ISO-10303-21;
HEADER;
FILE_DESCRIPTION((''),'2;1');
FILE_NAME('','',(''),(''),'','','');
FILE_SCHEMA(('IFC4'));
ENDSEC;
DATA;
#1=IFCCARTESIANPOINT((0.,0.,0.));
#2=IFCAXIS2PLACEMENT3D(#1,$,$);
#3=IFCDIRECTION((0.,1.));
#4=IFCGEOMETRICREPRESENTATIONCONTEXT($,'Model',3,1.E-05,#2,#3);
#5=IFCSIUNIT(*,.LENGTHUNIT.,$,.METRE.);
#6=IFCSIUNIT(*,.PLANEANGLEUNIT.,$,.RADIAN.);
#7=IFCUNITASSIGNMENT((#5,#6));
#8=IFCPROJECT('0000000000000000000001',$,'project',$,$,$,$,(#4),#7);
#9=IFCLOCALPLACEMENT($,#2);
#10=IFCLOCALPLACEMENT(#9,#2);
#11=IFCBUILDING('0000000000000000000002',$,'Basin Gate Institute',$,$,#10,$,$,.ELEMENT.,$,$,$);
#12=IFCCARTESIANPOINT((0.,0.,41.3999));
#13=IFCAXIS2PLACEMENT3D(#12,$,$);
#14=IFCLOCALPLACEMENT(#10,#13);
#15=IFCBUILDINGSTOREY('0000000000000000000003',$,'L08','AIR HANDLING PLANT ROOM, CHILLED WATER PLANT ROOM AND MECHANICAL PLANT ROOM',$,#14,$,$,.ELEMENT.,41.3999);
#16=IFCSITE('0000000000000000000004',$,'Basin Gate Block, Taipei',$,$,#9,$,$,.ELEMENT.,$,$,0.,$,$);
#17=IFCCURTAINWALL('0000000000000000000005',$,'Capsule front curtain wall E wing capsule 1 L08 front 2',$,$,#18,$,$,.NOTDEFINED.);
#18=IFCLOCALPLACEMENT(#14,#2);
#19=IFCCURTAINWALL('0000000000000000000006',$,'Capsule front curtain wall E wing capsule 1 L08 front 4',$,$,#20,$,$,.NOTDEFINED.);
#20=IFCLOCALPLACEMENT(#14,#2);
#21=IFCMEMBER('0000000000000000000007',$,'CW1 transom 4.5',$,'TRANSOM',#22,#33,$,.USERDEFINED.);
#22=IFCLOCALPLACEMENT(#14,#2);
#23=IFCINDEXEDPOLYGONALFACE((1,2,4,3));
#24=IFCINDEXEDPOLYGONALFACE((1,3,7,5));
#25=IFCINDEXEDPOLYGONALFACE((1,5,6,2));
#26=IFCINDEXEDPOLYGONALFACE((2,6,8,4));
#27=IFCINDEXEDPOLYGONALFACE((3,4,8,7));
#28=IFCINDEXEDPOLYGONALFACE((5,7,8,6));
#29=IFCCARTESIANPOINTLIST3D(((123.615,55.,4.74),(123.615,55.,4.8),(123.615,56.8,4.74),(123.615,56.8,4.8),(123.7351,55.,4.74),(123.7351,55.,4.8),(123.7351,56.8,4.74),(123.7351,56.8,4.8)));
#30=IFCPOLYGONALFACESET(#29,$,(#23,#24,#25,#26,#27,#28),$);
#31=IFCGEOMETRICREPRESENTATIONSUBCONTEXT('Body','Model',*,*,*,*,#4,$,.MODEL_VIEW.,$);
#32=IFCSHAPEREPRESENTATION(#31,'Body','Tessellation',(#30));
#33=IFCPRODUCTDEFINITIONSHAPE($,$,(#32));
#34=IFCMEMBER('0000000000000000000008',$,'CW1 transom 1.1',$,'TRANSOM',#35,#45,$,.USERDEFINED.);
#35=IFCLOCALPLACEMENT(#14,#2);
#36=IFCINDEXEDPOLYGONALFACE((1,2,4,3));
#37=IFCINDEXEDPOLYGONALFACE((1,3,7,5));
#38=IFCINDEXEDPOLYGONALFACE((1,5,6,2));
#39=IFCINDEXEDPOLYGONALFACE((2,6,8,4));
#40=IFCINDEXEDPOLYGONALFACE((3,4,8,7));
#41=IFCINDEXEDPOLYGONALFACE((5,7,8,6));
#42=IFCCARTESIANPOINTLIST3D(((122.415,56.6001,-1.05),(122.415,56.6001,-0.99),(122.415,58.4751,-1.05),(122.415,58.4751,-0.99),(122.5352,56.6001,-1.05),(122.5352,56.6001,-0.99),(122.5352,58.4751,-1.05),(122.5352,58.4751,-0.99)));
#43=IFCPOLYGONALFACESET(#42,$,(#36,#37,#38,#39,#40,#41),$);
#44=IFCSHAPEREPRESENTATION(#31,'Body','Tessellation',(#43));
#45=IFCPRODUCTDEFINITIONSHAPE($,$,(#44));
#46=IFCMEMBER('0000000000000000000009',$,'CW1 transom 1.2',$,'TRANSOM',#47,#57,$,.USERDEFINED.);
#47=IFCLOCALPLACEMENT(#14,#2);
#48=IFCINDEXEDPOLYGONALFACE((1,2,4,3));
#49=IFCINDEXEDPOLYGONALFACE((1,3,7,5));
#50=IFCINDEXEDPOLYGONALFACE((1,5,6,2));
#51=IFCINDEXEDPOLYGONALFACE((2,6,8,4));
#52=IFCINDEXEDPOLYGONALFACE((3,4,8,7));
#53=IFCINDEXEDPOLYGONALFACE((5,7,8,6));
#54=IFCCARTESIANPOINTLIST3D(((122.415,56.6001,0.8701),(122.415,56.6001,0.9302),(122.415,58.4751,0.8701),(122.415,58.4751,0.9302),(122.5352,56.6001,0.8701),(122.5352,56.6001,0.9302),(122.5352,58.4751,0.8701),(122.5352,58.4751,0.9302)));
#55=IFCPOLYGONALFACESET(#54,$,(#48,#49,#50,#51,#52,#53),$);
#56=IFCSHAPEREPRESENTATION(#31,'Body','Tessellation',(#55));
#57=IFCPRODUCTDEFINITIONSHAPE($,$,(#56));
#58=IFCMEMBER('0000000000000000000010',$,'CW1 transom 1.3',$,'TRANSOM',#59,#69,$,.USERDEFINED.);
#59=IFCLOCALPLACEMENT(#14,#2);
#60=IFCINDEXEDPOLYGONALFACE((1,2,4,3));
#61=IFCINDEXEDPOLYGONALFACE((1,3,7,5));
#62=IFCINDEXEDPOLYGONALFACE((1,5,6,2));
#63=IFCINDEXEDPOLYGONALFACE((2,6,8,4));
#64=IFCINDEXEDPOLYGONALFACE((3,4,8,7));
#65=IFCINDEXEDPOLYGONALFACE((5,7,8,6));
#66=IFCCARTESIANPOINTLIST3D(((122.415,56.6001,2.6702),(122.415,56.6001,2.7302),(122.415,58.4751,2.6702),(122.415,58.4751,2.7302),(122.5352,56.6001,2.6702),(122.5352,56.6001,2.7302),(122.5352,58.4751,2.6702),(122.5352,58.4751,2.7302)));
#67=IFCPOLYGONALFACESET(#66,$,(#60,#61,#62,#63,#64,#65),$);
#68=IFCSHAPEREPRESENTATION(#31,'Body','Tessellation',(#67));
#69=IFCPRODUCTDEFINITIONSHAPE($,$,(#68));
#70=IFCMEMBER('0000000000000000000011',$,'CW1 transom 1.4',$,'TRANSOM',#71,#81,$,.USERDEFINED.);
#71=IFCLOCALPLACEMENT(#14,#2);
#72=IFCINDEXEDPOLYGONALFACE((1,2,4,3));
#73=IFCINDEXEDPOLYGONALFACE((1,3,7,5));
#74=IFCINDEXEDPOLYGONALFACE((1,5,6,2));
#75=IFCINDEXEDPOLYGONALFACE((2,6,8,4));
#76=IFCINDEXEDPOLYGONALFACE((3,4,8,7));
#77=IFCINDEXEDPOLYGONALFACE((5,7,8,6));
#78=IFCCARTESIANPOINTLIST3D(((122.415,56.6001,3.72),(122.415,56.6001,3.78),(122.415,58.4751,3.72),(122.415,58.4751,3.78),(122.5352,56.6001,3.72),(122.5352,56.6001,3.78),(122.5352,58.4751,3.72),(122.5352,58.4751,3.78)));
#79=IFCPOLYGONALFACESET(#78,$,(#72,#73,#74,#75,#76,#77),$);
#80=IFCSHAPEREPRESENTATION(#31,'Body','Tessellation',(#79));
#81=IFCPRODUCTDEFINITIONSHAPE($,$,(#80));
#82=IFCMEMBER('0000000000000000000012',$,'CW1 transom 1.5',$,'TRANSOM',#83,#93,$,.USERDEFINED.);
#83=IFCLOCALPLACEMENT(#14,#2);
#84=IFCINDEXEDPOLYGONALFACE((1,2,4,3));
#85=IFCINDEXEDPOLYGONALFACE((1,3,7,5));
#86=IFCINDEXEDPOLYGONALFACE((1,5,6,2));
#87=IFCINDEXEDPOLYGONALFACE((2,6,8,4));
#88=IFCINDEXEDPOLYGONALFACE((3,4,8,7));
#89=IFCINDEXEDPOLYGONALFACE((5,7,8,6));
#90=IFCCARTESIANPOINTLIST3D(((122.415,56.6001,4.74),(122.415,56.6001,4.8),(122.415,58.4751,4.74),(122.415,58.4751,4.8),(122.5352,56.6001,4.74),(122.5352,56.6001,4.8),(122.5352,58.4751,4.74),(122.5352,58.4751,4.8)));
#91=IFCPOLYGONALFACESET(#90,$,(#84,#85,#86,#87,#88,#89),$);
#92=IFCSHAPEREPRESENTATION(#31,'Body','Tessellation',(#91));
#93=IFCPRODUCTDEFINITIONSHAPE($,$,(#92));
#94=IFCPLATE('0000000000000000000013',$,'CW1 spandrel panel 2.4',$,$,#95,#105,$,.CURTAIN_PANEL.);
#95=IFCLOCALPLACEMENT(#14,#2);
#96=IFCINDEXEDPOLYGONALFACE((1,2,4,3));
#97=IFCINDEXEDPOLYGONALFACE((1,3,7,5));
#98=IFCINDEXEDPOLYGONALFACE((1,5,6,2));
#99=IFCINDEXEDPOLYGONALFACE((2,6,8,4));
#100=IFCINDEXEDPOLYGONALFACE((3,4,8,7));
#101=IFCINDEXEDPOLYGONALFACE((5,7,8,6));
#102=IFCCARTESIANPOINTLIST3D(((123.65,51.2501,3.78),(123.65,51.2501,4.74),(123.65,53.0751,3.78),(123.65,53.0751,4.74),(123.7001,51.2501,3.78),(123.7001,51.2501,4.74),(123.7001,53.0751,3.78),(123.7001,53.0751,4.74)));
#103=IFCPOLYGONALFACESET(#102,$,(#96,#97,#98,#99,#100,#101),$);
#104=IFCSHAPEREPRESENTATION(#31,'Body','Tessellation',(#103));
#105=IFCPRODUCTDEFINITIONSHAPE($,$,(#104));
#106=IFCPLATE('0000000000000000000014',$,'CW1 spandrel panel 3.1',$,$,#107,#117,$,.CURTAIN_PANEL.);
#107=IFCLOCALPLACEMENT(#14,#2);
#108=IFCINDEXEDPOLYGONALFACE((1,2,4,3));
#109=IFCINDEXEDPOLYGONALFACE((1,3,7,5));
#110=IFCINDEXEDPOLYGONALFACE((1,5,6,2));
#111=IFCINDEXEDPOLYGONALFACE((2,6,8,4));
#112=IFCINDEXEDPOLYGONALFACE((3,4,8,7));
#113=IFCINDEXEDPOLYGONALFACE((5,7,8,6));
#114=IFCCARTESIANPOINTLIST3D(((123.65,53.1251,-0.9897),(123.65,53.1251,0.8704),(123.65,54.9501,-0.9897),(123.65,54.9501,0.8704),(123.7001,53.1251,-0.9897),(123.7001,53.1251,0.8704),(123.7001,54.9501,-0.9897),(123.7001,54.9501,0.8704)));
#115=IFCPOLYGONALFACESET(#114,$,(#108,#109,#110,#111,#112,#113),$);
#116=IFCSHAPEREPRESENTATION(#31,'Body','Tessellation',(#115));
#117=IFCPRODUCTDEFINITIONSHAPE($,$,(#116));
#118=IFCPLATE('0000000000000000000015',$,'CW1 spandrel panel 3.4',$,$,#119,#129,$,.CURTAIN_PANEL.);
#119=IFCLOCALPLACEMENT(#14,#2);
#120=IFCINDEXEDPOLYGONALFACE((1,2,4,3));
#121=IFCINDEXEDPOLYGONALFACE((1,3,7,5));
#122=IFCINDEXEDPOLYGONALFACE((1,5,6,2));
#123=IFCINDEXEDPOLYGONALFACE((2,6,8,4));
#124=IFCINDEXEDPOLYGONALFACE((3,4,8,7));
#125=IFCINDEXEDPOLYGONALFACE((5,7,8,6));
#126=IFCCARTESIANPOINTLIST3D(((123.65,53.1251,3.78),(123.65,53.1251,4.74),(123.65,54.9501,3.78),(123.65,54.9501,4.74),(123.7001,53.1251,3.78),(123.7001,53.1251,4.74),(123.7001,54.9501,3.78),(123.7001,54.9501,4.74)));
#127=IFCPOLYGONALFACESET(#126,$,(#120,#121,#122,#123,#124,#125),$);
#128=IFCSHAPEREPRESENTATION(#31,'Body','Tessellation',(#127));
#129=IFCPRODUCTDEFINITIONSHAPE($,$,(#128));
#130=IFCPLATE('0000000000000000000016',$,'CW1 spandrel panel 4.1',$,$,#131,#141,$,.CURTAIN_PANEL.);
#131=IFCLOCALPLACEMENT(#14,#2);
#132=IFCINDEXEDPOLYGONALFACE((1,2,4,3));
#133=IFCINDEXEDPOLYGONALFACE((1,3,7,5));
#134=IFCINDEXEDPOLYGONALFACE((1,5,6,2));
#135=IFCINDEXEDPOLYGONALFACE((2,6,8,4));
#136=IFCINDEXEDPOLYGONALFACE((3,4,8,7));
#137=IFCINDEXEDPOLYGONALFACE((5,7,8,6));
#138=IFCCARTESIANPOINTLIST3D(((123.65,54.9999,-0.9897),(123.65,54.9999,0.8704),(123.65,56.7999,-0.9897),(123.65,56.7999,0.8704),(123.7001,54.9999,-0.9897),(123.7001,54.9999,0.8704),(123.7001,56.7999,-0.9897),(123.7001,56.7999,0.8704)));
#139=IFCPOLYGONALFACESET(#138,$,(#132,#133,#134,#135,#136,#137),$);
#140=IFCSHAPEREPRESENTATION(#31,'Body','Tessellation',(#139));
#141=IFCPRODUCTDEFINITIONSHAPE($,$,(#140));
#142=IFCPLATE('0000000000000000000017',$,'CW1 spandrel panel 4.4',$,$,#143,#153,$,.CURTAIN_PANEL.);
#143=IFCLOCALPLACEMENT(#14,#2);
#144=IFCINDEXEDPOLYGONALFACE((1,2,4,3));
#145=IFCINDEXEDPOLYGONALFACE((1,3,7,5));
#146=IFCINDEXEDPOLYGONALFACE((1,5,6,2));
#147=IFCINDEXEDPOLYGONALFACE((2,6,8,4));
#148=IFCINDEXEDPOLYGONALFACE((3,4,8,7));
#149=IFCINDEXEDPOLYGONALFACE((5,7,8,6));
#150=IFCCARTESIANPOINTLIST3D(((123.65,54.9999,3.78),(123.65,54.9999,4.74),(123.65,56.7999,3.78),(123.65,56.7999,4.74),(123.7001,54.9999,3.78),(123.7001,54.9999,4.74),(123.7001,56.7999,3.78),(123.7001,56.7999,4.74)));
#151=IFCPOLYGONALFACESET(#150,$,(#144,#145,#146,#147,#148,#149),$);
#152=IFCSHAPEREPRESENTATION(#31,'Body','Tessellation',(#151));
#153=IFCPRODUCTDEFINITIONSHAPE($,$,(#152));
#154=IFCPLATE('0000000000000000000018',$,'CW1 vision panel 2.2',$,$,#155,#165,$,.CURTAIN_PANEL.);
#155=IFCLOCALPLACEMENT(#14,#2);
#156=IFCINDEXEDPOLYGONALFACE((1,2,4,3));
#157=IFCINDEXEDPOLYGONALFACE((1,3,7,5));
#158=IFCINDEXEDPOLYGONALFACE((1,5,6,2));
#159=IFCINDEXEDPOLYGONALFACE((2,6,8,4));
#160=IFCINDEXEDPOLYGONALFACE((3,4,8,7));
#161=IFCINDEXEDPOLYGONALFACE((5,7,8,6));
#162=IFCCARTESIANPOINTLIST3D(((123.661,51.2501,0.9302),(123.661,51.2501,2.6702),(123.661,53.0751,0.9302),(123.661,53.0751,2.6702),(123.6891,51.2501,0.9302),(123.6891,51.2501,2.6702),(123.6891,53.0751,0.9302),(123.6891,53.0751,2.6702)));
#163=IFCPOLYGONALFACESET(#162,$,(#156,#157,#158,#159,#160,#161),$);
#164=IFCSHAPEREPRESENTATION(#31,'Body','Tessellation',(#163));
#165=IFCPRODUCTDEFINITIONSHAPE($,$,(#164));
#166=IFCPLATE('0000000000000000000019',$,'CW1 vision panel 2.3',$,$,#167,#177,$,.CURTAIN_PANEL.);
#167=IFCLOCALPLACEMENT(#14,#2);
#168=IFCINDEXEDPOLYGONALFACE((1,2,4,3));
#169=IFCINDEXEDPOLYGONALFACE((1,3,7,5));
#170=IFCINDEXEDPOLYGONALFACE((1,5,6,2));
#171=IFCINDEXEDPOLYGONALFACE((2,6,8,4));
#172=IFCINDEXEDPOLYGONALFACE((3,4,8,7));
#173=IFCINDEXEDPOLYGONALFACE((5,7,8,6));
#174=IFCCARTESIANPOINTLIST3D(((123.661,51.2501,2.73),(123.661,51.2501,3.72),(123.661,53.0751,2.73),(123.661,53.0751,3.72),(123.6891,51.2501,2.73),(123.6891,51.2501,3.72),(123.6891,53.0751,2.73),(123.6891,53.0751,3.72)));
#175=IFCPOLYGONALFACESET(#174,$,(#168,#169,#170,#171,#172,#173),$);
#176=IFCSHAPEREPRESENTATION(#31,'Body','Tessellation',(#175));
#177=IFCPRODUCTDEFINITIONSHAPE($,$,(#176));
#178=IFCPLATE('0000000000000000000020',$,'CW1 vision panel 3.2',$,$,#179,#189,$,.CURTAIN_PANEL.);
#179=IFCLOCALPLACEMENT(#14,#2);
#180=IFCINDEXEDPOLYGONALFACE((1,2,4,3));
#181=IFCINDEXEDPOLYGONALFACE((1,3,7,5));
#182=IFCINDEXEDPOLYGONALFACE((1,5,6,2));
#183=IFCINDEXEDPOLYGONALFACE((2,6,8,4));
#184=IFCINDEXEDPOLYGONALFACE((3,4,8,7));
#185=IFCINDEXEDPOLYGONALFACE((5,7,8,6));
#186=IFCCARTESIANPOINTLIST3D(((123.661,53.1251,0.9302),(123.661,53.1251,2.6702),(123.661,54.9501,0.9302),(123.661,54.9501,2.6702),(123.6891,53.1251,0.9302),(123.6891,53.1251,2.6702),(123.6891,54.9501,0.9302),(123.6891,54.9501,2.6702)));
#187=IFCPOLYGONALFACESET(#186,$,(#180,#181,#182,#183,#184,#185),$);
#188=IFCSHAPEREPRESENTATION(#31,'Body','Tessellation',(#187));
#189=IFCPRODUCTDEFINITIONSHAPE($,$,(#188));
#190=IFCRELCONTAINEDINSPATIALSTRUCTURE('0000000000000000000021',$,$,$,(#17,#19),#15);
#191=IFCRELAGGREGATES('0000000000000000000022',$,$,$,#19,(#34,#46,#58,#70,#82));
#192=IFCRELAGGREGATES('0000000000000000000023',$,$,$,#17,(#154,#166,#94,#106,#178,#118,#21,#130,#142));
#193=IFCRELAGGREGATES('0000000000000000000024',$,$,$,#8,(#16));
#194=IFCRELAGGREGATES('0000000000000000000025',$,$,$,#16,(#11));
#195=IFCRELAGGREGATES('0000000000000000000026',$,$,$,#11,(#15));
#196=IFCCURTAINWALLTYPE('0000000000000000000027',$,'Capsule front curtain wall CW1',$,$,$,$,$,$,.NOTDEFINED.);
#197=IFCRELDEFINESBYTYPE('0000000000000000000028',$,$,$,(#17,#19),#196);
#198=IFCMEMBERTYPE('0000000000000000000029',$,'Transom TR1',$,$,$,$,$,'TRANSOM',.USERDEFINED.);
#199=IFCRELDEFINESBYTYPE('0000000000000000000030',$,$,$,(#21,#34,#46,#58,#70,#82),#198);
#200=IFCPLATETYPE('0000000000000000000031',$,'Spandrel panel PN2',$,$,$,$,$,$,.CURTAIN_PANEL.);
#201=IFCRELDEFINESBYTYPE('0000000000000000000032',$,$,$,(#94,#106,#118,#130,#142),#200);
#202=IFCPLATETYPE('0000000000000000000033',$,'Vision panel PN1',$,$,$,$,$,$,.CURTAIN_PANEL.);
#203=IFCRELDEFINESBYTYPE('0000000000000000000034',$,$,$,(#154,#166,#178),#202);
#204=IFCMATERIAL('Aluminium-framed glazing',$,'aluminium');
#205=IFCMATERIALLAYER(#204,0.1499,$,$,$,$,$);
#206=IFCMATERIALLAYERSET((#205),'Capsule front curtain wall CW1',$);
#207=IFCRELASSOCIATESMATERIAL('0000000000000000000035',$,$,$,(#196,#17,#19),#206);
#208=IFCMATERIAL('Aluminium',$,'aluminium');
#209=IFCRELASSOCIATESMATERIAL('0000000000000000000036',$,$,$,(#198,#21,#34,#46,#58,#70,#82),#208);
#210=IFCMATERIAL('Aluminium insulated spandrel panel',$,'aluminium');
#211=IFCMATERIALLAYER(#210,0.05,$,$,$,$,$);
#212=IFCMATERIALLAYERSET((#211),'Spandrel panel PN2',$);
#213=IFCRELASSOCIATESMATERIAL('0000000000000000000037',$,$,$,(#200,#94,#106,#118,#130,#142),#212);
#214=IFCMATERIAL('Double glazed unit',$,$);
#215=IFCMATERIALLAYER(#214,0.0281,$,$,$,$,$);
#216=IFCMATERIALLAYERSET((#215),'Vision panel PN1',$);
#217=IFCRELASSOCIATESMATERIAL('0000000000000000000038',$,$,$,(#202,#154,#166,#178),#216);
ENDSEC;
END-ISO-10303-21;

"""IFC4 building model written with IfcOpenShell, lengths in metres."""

from ifc_helpers import new_model, si_unit, direction, frame, origin, origin_2d, place, context, subcontext, project, spatial, rectangle, extrude, material, layer, layer_set, material_profile, profile_set, type_object, element, aggregate, save


model = new_model("IFC4")

# Units and contexts
model_context = context("Model", 3, precision=1e-05, world=origin(), true_north=direction((0.0, 1.0)))
body_context = subcontext(model_context, "Body", "Model", "MODEL_VIEW")
ifc_project = project(units=[si_unit("LENGTHUNIT", "METRE"), si_unit("PLANEANGLEUNIT", "RADIAN")], contexts=[model_context])

# Site, building, storey
site_placement = place(None, origin())
site = spatial("IfcSite", under=ifc_project, at=site_placement, Name="Basin Gate Block, Taipei", CompositionType="ELEMENT", RefElevation=0.0)
building_placement = place(site_placement, origin())
building = spatial("IfcBuilding", under=site, at=building_placement, Name="Basin Gate Institute", CompositionType="ELEMENT")
storey_placement = place(building_placement, frame((0.0, 0.0, 41.3999)))
storey = spatial("IfcBuildingStorey", under=building, at=storey_placement, Name="L08", Description="AIR HANDLING PLANT ROOM, CHILLED WATER PLANT ROOM AND MECHANICAL PLANT ROOM", CompositionType="ELEMENT", Elevation=41.3999)

# Curtain wall
ifc_material_1 = material(Name="Aluminium-framed glazing", Category="aluminium")
ifc_layer_1 = layer(ifc_material_1, 0.1499)
ifc_layer_set_1 = layer_set([ifc_layer_1], Name="Capsule front curtain wall CW1")
curtain_wall_type = type_object("IfcCurtainWallType", Name="Capsule front curtain wall CW1", PredefinedType="NOTDEFINED", material=ifc_layer_set_1)
curtain_wall_1_placement = place(storey_placement, origin())
curtain_wall_1 = element("IfcCurtainWall", 1, at=curtain_wall_1_placement, inside=storey, type_object=curtain_wall_type, material=ifc_layer_set_1, Name="Capsule front curtain wall E wing capsule 1 L08 front 2", PredefinedType="NOTDEFINED")

# Curtain wall
curtain_wall_2_placement = place(storey_placement, origin())
curtain_wall_2 = element("IfcCurtainWall", 2, at=curtain_wall_2_placement, inside=storey, type_object=curtain_wall_type, material=ifc_layer_set_1, Name="Capsule front curtain wall E wing capsule 1 L08 front 4", PredefinedType="NOTDEFINED")

# Members
ifc_material_2 = material(Name="Aluminium", Category="aluminium")
ifc_material_profile_1 = material_profile(ifc_material_2, rectangle(XDim=0.1201, YDim=0.0601, at=origin_2d()), Name="Transom TR1 120 x 60")
ifc_profile_set_1 = profile_set([ifc_material_profile_1], Name="Aluminium")
member_type_1 = type_object("IfcMemberType", Name="Transom TR1", ElementType="TRANSOM", PredefinedType="USERDEFINED", material=ifc_profile_set_1)
member_1_placement = place(storey_placement, frame((123.675, 55.0, 4.77), z_axis=(0.0, 1.0, 0.0), x_axis=(-1.0, 0.0, 0.0)))
member_1 = element("IfcMember", 3, at=member_1_placement, type_object=member_type_1, material=ifc_profile_set_1, Name="CW1 transom 4.5", ObjectType="TRANSOM", PredefinedType="USERDEFINED", context=body_context, shape_type="SweptSolid", body=[
    extrude(rectangle(XDim=0.1201, YDim=0.0601, at=origin_2d()), origin(), (0.0, 0.0, 1.0), 1.8),
])
member_2_placement = place(storey_placement, frame((122.4751, 56.6001, -1.02), z_axis=(0.0, 1.0, 0.0), x_axis=(-1.0, 0.0, 0.0)))
member_2 = element("IfcMember", 4, at=member_2_placement, type_object=member_type_1, material=ifc_profile_set_1, Name="CW1 transom 1.1", ObjectType="TRANSOM", PredefinedType="USERDEFINED", context=body_context, shape_type="SweptSolid", body=[
    extrude(rectangle(XDim=0.1201, YDim=0.0601, at=origin_2d()), origin(), (0.0, 0.0, 1.0), 1.875),
])
member_3_placement = place(storey_placement, frame((122.4751, 56.6001, 0.9001), z_axis=(0.0, 1.0, 0.0), x_axis=(-1.0, 0.0, 0.0)))
member_3 = element("IfcMember", 5, at=member_3_placement, type_object=member_type_1, material=ifc_profile_set_1, Name="CW1 transom 1.2", ObjectType="TRANSOM", PredefinedType="USERDEFINED", context=body_context, shape_type="SweptSolid", body=[
    extrude(rectangle(XDim=0.1201, YDim=0.0601, at=origin_2d()), origin(), (0.0, 0.0, 1.0), 1.875),
])
member_4_placement = place(storey_placement, frame((122.4751, 56.6001, 2.7002), z_axis=(0.0, 1.0, 0.0), x_axis=(-1.0, 0.0, 0.0)))
member_4 = element("IfcMember", 6, at=member_4_placement, type_object=member_type_1, material=ifc_profile_set_1, Name="CW1 transom 1.3", ObjectType="TRANSOM", PredefinedType="USERDEFINED", context=body_context, shape_type="SweptSolid", body=[
    extrude(rectangle(XDim=0.1201, YDim=0.0601, at=origin_2d()), origin(), (0.0, 0.0, 1.0), 1.875),
])
member_5_placement = place(storey_placement, frame((122.4751, 56.6001, 3.75), z_axis=(0.0, 1.0, 0.0), x_axis=(-1.0, 0.0, 0.0)))
member_5 = element("IfcMember", 7, at=member_5_placement, type_object=member_type_1, material=ifc_profile_set_1, Name="CW1 transom 1.4", ObjectType="TRANSOM", PredefinedType="USERDEFINED", context=body_context, shape_type="SweptSolid", body=[
    extrude(rectangle(XDim=0.1201, YDim=0.0601, at=origin_2d()), origin(), (0.0, 0.0, 1.0), 1.875),
])
member_6_placement = place(storey_placement, frame((122.4751, 56.6001, 4.77), z_axis=(0.0, 1.0, 0.0), x_axis=(-1.0, 0.0, 0.0)))
member_6 = element("IfcMember", 8, at=member_6_placement, type_object=member_type_1, material=ifc_profile_set_1, Name="CW1 transom 1.5", ObjectType="TRANSOM", PredefinedType="USERDEFINED", context=body_context, shape_type="SweptSolid", body=[
    extrude(rectangle(XDim=0.1201, YDim=0.0601, at=origin_2d()), origin(), (0.0, 0.0, 1.0), 1.875),
])
aggregate(curtain_wall_2, [member_2, member_3, member_4, member_5, member_6])

# Plates
ifc_material_3 = material(Name="Aluminium insulated spandrel panel", Category="aluminium")
ifc_layer_2 = layer(ifc_material_3, 0.05)
ifc_layer_set_2 = layer_set([ifc_layer_2], Name="Spandrel panel PN2")
plate_type_1 = type_object("IfcPlateType", Name="Spandrel panel PN2", PredefinedType="CURTAIN_PANEL", material=ifc_layer_set_2)
plate_1_placement = place(storey_placement, frame((123.675, 52.1626, 3.78), z_axis=(0.0, 0.0, 1.0), x_axis=(0.0, 1.0, 0.0)))
plate_1 = element("IfcPlate", 9, at=plate_1_placement, type_object=plate_type_1, material=ifc_layer_set_2, Name="CW1 spandrel panel 2.4", PredefinedType="CURTAIN_PANEL", context=body_context, shape_type="SweptSolid", body=[
    extrude(rectangle(XDim=1.825, YDim=0.05, at=origin_2d()), origin(), (0.0, 0.0, 1.0), 0.96),
])
plate_2_placement = place(storey_placement, frame((123.675, 54.0376, -0.9897), z_axis=(0.0, 0.0, 1.0), x_axis=(0.0, 1.0, 0.0)))
plate_2 = element("IfcPlate", 10, at=plate_2_placement, type_object=plate_type_1, material=ifc_layer_set_2, Name="CW1 spandrel panel 3.1", PredefinedType="CURTAIN_PANEL", context=body_context, shape_type="SweptSolid", body=[
    extrude(rectangle(XDim=1.825, YDim=0.05, at=origin_2d()), origin(), (0.0, 0.0, 1.0), 1.8601),
])
plate_3_placement = place(storey_placement, frame((123.675, 54.0376, 3.78), z_axis=(0.0, 0.0, 1.0), x_axis=(0.0, 1.0, 0.0)))
plate_3 = element("IfcPlate", 11, at=plate_3_placement, type_object=plate_type_1, material=ifc_layer_set_2, Name="CW1 spandrel panel 3.4", PredefinedType="CURTAIN_PANEL", context=body_context, shape_type="SweptSolid", body=[
    extrude(rectangle(XDim=1.825, YDim=0.05, at=origin_2d()), origin(), (0.0, 0.0, 1.0), 0.96),
])
plate_4_placement = place(storey_placement, frame((123.675, 55.8999, -0.9897), z_axis=(0.0, 0.0, 1.0), x_axis=(0.0, 1.0, 0.0)))
plate_4 = element("IfcPlate", 12, at=plate_4_placement, type_object=plate_type_1, material=ifc_layer_set_2, Name="CW1 spandrel panel 4.1", PredefinedType="CURTAIN_PANEL", context=body_context, shape_type="SweptSolid", body=[
    extrude(rectangle(XDim=1.8, YDim=0.05, at=origin_2d()), origin(), (0.0, 0.0, 1.0), 1.8601),
])
plate_5_placement = place(storey_placement, frame((123.675, 55.8999, 3.78), z_axis=(0.0, 0.0, 1.0), x_axis=(0.0, 1.0, 0.0)))
plate_5 = element("IfcPlate", 13, at=plate_5_placement, type_object=plate_type_1, material=ifc_layer_set_2, Name="CW1 spandrel panel 4.4", PredefinedType="CURTAIN_PANEL", context=body_context, shape_type="SweptSolid", body=[
    extrude(rectangle(XDim=1.8, YDim=0.05, at=origin_2d()), origin(), (0.0, 0.0, 1.0), 0.96),
])
ifc_material_4 = material(Name="Double glazed unit")
ifc_layer_3 = layer(ifc_material_4, 0.0281)
ifc_layer_set_3 = layer_set([ifc_layer_3], Name="Vision panel PN1")
plate_type_2 = type_object("IfcPlateType", Name="Vision panel PN1", PredefinedType="CURTAIN_PANEL", material=ifc_layer_set_3)
plate_6_placement = place(storey_placement, frame((123.675, 52.1626, 0.9302), z_axis=(0.0, 0.0, 1.0), x_axis=(0.0, 1.0, 0.0)))
plate_6 = element("IfcPlate", 14, at=plate_6_placement, type_object=plate_type_2, material=ifc_layer_set_3, Name="CW1 vision panel 2.2", PredefinedType="CURTAIN_PANEL", context=body_context, shape_type="SweptSolid", body=[
    extrude(rectangle(XDim=1.825, YDim=0.0281, at=origin_2d()), origin(), (0.0, 0.0, 1.0), 1.74),
])
plate_7_placement = place(storey_placement, frame((123.675, 52.1626, 2.73), z_axis=(0.0, 0.0, 1.0), x_axis=(0.0, 1.0, 0.0)))
plate_7 = element("IfcPlate", 15, at=plate_7_placement, type_object=plate_type_2, material=ifc_layer_set_3, Name="CW1 vision panel 2.3", PredefinedType="CURTAIN_PANEL", context=body_context, shape_type="SweptSolid", body=[
    extrude(rectangle(XDim=1.825, YDim=0.0281, at=origin_2d()), origin(), (0.0, 0.0, 1.0), 0.99),
])
plate_8_placement = place(storey_placement, frame((123.675, 54.0376, 0.9302), z_axis=(0.0, 0.0, 1.0), x_axis=(0.0, 1.0, 0.0)))
plate_8 = element("IfcPlate", 16, at=plate_8_placement, type_object=plate_type_2, material=ifc_layer_set_3, Name="CW1 vision panel 3.2", PredefinedType="CURTAIN_PANEL", context=body_context, shape_type="SweptSolid", body=[
    extrude(rectangle(XDim=1.825, YDim=0.0281, at=origin_2d()), origin(), (0.0, 0.0, 1.0), 1.74),
])
aggregate(curtain_wall_1, [plate_6, plate_7, plate_1, plate_2, plate_8, plate_3, member_1, plate_4, plate_5])

save(model, "model.ifc")
